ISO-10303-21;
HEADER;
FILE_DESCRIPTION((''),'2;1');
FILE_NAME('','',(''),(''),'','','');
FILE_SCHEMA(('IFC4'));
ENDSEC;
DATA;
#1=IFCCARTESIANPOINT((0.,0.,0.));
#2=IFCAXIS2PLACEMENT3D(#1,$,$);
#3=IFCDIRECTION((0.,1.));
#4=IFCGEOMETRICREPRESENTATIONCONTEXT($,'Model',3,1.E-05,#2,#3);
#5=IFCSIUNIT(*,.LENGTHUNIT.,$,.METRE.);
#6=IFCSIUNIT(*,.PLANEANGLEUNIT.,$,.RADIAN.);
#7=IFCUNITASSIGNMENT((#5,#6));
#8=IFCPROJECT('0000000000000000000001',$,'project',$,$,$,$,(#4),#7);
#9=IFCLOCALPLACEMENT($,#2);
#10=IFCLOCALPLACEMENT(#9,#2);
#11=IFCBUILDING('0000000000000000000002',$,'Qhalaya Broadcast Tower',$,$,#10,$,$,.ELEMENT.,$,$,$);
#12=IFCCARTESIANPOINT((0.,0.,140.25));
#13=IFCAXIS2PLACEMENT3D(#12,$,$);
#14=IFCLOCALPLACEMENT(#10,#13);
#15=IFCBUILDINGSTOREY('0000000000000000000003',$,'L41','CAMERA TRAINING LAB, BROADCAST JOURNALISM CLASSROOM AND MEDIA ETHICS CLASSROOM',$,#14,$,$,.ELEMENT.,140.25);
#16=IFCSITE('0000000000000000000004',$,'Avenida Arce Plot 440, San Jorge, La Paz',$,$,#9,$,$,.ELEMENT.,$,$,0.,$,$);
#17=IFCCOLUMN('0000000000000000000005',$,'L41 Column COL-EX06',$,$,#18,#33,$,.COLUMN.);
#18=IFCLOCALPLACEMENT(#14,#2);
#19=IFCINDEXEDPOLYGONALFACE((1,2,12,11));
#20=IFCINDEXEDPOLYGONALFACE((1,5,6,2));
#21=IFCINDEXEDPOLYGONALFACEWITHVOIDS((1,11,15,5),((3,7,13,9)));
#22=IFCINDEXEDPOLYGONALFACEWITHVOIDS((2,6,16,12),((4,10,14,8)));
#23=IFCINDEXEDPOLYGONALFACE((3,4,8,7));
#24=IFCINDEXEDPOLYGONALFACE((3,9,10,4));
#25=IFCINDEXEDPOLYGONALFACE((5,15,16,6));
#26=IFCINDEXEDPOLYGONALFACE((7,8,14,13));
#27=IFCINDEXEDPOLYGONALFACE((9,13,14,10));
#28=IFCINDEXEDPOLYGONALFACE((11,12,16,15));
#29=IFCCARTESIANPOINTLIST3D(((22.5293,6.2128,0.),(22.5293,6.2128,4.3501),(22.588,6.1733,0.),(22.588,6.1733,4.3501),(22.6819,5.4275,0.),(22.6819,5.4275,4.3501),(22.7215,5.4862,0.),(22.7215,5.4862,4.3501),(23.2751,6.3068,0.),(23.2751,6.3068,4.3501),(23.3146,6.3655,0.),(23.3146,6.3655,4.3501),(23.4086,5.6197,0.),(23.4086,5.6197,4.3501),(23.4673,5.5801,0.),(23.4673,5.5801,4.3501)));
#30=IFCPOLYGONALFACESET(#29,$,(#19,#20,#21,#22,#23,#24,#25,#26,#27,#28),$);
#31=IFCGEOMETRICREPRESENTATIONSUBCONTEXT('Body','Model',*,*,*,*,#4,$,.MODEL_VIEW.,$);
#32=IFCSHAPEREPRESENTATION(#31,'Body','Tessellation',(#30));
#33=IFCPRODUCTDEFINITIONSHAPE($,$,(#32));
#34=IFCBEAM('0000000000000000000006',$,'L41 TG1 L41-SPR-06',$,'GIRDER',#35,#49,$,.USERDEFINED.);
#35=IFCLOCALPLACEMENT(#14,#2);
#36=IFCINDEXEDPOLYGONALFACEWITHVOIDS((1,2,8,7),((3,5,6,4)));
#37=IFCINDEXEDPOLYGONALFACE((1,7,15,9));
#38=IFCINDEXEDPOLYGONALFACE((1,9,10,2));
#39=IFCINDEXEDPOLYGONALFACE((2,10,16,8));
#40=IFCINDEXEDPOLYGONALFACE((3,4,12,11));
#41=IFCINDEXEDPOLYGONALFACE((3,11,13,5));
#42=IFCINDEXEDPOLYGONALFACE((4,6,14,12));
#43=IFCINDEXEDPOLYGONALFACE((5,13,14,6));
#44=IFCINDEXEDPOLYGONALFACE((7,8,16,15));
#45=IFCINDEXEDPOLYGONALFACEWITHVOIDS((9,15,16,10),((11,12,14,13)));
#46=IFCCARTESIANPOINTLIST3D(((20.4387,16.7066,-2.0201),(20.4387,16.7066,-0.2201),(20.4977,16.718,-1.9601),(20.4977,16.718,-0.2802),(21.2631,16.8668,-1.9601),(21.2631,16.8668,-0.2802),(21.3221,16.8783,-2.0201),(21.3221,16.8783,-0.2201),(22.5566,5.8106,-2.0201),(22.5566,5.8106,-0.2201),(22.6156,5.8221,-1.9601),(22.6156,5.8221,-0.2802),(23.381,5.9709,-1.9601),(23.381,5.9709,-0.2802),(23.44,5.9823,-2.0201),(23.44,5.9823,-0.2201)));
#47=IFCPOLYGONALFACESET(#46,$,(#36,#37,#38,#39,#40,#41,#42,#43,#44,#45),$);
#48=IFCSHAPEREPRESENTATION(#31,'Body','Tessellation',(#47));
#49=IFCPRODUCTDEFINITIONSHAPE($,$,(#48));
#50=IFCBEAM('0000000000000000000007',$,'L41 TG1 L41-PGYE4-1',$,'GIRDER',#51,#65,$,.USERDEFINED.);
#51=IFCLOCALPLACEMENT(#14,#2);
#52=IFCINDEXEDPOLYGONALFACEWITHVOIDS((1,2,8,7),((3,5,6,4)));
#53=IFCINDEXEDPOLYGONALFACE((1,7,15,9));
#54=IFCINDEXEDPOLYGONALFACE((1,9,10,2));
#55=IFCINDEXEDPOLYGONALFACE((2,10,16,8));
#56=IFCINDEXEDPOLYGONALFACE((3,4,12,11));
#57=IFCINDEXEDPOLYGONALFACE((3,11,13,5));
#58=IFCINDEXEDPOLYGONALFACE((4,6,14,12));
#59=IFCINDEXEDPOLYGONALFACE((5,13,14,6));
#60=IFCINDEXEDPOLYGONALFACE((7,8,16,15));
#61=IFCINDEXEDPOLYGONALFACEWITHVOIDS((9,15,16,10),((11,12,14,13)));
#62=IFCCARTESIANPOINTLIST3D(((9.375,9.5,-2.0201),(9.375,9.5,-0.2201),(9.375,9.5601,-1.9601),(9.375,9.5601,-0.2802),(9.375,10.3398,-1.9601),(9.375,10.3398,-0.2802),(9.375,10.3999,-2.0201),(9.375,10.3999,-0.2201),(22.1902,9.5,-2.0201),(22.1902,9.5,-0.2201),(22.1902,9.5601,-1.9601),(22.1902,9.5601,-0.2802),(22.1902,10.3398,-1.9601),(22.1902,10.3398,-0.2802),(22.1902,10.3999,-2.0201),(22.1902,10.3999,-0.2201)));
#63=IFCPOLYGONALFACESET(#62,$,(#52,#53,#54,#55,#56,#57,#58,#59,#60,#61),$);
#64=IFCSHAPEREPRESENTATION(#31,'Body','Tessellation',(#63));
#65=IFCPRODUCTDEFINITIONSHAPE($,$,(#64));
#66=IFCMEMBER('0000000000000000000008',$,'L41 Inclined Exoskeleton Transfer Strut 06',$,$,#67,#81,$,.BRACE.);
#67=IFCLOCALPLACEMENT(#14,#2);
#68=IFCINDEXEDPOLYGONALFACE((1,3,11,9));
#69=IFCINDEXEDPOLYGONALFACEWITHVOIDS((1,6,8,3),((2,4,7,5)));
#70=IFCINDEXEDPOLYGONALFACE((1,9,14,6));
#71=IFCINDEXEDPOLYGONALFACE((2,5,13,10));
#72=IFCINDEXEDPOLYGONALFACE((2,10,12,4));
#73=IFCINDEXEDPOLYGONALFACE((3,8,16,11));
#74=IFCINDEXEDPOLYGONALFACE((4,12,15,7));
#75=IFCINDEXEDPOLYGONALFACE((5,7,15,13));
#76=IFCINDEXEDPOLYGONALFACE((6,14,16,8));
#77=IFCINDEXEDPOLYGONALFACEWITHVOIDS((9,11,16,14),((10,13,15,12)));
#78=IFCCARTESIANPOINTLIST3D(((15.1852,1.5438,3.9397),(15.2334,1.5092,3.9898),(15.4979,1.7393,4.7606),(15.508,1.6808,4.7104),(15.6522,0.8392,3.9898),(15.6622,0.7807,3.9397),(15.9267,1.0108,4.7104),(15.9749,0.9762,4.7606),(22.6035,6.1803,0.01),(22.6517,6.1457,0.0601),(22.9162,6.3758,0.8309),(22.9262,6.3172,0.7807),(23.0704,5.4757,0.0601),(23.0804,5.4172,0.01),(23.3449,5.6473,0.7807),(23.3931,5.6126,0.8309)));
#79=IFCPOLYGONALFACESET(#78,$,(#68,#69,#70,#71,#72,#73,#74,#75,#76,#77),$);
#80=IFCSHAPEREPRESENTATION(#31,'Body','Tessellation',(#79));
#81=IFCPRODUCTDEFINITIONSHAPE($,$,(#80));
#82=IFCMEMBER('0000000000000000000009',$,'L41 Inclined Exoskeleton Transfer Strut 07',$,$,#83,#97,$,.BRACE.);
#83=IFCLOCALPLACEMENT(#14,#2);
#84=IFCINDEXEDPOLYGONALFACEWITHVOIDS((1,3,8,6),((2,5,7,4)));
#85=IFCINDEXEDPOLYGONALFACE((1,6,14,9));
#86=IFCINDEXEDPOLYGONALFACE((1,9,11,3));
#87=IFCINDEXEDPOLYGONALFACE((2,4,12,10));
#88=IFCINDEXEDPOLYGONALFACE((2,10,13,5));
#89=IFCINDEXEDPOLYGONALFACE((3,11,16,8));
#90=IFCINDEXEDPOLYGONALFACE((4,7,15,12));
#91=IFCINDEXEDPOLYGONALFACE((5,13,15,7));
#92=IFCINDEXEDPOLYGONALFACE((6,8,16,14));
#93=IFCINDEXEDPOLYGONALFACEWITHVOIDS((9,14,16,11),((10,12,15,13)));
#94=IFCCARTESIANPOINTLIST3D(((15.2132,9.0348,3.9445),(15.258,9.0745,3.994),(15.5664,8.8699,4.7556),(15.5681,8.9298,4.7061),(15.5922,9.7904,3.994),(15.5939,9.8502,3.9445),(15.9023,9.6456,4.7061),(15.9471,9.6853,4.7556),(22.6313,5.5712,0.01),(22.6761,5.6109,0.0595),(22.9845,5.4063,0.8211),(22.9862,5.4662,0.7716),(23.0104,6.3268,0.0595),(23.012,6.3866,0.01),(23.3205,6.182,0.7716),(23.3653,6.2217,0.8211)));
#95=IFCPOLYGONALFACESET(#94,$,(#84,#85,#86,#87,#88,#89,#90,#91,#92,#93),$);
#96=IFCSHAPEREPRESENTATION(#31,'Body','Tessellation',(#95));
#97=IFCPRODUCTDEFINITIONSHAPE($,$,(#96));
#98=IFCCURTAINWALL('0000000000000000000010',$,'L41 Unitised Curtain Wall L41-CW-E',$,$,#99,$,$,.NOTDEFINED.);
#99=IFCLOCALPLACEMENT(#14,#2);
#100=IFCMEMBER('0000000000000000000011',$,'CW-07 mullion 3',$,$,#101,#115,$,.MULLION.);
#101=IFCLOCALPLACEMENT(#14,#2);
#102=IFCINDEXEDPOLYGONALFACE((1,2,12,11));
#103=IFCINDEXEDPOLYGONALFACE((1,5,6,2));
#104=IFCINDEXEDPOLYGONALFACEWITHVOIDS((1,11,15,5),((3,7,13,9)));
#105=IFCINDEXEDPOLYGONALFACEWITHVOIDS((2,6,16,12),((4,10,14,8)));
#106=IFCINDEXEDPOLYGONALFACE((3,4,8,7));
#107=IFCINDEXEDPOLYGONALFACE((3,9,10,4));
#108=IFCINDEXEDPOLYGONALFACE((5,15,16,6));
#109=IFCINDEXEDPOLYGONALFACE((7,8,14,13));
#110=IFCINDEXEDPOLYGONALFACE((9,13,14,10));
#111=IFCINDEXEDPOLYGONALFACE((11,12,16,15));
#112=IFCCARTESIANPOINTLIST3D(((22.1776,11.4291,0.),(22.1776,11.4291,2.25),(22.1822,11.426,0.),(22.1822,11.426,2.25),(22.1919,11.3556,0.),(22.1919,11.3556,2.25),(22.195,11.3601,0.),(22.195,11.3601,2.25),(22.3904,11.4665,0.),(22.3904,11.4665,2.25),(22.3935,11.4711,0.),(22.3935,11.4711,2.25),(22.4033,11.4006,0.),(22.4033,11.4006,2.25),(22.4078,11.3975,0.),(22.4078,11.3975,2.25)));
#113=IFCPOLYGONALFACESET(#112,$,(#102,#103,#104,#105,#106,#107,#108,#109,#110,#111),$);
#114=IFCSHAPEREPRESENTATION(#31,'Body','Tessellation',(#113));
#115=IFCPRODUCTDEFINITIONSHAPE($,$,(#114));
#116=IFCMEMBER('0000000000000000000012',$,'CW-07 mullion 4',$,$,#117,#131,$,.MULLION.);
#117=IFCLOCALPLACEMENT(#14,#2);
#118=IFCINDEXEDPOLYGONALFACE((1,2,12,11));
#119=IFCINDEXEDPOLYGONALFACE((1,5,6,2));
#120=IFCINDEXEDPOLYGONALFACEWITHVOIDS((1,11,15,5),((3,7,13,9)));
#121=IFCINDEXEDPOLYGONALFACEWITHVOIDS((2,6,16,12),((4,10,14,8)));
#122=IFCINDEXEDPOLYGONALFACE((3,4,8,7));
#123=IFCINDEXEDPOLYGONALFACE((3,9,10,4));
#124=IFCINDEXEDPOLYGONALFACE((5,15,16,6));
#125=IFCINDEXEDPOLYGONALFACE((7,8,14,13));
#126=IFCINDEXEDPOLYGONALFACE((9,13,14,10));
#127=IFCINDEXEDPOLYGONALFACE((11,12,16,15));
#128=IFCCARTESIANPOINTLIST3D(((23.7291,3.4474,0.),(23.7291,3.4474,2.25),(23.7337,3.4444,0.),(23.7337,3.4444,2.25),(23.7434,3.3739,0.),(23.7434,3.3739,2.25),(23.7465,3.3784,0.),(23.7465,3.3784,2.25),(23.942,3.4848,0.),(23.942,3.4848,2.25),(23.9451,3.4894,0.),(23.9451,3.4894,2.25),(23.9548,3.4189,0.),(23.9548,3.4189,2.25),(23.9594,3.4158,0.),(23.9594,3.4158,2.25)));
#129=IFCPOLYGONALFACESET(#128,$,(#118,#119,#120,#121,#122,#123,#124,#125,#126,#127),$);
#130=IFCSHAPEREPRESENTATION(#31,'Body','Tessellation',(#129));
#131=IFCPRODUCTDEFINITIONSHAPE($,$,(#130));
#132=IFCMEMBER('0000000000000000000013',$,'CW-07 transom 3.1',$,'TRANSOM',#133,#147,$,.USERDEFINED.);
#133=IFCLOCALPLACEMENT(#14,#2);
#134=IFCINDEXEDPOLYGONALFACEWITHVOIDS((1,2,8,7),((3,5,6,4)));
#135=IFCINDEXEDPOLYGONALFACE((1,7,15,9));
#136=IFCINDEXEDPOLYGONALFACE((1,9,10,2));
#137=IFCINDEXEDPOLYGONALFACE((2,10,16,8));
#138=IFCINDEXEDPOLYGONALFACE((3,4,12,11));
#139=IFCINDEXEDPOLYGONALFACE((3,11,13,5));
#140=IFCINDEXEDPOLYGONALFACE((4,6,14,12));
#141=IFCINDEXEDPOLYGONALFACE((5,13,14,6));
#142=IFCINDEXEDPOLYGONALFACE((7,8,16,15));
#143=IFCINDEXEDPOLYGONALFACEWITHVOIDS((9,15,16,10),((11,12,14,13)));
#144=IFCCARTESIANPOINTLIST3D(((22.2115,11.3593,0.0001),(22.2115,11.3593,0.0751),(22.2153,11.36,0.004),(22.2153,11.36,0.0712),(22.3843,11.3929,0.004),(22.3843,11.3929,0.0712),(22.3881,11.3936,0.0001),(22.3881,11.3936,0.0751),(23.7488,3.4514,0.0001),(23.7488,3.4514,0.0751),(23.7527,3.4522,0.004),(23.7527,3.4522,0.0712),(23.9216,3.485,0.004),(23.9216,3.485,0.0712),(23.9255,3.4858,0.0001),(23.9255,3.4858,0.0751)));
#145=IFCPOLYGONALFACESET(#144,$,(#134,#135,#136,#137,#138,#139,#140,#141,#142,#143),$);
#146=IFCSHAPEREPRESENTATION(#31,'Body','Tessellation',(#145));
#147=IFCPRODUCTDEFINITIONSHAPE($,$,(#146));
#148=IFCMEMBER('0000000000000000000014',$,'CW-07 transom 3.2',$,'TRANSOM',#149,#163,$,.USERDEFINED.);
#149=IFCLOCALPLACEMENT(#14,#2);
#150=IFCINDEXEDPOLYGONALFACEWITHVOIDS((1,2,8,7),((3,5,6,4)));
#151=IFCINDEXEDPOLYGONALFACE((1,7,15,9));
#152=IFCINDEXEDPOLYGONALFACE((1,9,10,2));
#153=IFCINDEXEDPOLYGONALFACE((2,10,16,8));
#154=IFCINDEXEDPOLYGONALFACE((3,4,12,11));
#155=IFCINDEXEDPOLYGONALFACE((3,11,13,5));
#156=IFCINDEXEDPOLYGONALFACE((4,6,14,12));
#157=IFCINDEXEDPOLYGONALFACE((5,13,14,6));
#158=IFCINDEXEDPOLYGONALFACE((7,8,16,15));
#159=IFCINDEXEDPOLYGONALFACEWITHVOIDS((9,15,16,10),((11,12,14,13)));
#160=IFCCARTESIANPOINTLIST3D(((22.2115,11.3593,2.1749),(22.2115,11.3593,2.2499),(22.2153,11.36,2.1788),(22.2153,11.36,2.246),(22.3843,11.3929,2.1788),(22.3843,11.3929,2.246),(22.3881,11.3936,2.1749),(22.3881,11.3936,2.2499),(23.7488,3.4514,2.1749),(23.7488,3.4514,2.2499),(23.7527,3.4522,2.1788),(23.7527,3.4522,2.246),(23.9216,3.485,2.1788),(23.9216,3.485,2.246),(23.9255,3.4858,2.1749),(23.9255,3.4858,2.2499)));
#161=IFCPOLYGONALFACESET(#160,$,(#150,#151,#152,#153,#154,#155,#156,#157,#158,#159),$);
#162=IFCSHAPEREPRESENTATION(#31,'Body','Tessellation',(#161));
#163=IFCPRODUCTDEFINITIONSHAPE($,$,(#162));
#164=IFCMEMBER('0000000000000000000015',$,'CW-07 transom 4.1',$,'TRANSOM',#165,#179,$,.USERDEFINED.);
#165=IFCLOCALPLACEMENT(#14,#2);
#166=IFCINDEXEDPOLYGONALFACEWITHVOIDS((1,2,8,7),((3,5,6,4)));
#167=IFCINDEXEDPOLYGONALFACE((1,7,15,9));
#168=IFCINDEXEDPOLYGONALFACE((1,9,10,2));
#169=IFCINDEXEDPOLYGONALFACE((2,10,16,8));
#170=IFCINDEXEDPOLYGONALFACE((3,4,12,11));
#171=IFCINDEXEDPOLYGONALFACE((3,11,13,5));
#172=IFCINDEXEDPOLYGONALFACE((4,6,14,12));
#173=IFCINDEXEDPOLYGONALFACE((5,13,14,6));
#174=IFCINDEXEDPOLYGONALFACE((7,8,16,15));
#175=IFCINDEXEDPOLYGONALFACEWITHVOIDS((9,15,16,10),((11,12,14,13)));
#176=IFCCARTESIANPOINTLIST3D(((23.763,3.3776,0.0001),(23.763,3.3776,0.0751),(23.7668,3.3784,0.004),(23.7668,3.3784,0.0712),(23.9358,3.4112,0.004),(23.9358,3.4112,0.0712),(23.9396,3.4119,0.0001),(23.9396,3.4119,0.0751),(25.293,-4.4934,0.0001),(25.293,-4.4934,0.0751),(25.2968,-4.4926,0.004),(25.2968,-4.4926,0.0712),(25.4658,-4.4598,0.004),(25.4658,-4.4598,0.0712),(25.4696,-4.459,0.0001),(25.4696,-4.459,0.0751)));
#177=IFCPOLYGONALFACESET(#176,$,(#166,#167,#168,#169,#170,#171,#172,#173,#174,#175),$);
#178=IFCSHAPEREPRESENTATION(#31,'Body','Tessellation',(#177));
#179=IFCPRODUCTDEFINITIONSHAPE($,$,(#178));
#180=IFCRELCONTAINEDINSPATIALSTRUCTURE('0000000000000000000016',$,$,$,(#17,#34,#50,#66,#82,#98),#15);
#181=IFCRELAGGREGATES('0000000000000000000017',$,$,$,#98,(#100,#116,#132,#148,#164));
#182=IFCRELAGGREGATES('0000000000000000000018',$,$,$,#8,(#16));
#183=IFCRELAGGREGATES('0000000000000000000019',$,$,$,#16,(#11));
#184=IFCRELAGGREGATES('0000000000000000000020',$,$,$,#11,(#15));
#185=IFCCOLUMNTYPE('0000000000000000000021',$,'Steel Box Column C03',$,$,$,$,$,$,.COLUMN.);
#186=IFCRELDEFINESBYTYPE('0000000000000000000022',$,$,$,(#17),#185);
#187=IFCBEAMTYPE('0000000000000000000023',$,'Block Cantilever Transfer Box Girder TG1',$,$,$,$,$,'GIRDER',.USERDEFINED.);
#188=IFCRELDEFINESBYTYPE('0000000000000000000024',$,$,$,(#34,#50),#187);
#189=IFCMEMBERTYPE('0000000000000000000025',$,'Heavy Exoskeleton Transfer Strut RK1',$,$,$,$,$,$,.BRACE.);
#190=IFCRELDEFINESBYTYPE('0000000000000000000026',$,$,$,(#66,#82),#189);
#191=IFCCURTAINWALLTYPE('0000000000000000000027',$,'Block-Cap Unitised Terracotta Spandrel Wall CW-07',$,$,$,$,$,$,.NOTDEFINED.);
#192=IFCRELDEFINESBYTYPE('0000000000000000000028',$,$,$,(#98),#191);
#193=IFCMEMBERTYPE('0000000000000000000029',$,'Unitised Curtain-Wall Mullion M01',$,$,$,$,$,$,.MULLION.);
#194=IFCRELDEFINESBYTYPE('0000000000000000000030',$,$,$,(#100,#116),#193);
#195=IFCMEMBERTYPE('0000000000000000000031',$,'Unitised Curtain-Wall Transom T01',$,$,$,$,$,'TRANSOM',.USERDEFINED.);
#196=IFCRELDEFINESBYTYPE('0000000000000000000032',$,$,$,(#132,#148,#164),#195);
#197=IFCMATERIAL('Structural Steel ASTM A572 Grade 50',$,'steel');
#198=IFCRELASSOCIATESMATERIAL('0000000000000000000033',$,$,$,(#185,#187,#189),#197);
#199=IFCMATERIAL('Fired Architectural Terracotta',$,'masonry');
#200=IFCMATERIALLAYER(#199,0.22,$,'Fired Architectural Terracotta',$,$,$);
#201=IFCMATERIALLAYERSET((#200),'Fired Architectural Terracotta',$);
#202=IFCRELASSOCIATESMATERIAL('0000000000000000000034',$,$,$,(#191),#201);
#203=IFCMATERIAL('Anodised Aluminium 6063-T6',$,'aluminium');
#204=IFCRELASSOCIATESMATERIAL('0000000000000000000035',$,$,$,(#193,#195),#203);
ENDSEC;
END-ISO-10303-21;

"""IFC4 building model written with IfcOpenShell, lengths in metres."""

from ifc_helpers import new_model, si_unit, direction, frame, origin, origin_2d, place, context, subcontext, project, spatial, hollow_rectangle, extrude, material, layer, layer_set, material_profile, profile_set, type_object, element, aggregate, save


model = new_model("IFC4")

# Units and contexts
model_context = context("Model", 3, precision=1e-05, world=origin(), true_north=direction((0.0, 1.0)))
body_context = subcontext(model_context, "Body", "Model", "MODEL_VIEW")
ifc_project = project(units=[si_unit("LENGTHUNIT", "METRE"), si_unit("PLANEANGLEUNIT", "RADIAN")], contexts=[model_context])

# Site, building, storey
site_placement = place(None, origin())
site = spatial("IfcSite", under=ifc_project, at=site_placement, Name="Avenida Arce Plot 440, San Jorge, La Paz", CompositionType="ELEMENT", RefElevation=0.0)
building_placement = place(site_placement, origin())
building = spatial("IfcBuilding", under=site, at=building_placement, Name="Qhalaya Broadcast Tower", CompositionType="ELEMENT")
storey_placement = place(building_placement, frame((0.0, 0.0, 140.25)))
storey = spatial("IfcBuildingStorey", under=building, at=storey_placement, Name="L41", Description="CAMERA TRAINING LAB, BROADCAST JOURNALISM CLASSROOM AND MEDIA ETHICS CLASSROOM", CompositionType="ELEMENT", Elevation=140.25)

# Column
ifc_material_1 = material(Name="Structural Steel ASTM A572 Grade 50", Category="steel")
ifc_material_profile_1 = material_profile(ifc_material_1, hollow_rectangle(XDim=0.8, YDim=0.8, WallThickness=0.05, at=origin_2d()), Name="BOX 800x800x50")
ifc_profile_set_1 = profile_set([ifc_material_profile_1], Name="Structural Steel ASTM A572 Grade 50")
column_type = type_object("IfcColumnType", Name="Steel Box Column C03", PredefinedType="COLUMN", material=ifc_profile_set_1)
column_placement = place(storey_placement, frame((22.9983, 5.8965, 0.0), z_axis=(0.0, 0.0, 1.0), x_axis=(-0.190809, 0.981627, 0.0)))
element("IfcColumn", 1, at=column_placement, inside=storey, type_object=column_type, Name="L41 Column COL-EX06", PredefinedType="COLUMN", context=body_context, shape_type="SweptSolid", body=[
    extrude(hollow_rectangle(XDim=0.8, YDim=0.8, WallThickness=0.05, at=origin_2d()), origin(), (0.0, 0.0, 1.0), 4.3501),
])

# Beams
ifc_material_profile_2 = material_profile(ifc_material_1, hollow_rectangle(XDim=0.8999, YDim=1.8, WallThickness=0.0601, at=origin_2d()), Name="BOX 900x1800x60")
ifc_profile_set_2 = profile_set([ifc_material_profile_2], Name="Structural Steel ASTM A572 Grade 50")
beam_type = type_object("IfcBeamType", Name="Block Cantilever Transfer Box Girder TG1", ElementType="GIRDER", PredefinedType="USERDEFINED", material=ifc_profile_set_2)
beam_1_placement = place(storey_placement, frame((22.9983, 5.8965, -1.1201), z_axis=(-0.190805, 0.981628, 0.0), x_axis=(-0.981628, -0.190805, 0.0)))
element("IfcBeam", 2, at=beam_1_placement, inside=storey, type_object=beam_type, Name="L41 TG1 L41-SPR-06", ObjectType="GIRDER", PredefinedType="USERDEFINED", context=body_context, shape_type="SweptSolid", body=[
    extrude(hollow_rectangle(XDim=0.8999, YDim=1.8, WallThickness=0.0601, at=origin_2d()), origin(), (0.0, 0.0, 1.0), 11.0999),
])
beam_2_placement = place(storey_placement, frame((9.375, 9.95, -1.1201), z_axis=(1.0, 0.0, 0.0), x_axis=(0.0, 1.0, 0.0)))
element("IfcBeam", 3, at=beam_2_placement, inside=storey, type_object=beam_type, Name="L41 TG1 L41-PGYE4-1", ObjectType="GIRDER", PredefinedType="USERDEFINED", context=body_context, shape_type="SweptSolid", body=[
    extrude(hollow_rectangle(XDim=0.8999, YDim=1.8, WallThickness=0.0601, at=origin_2d()), origin(), (0.0, 0.0, 1.0), 12.8152),
])

# Members
ifc_material_profile_3 = material_profile(ifc_material_1, hollow_rectangle(XDim=0.8999, YDim=0.8999, WallThickness=0.0549, at=origin_2d()), Name="BOX 900x900x55")
ifc_profile_set_3 = profile_set([ifc_material_profile_3], Name="Structural Steel ASTM A572 Grade 50")
member_type_1 = type_object("IfcMemberType", Name="Heavy Exoskeleton Transfer Strut RK1", PredefinedType="BRACE", material=ifc_profile_set_3)
member_1_placement = place(storey_placement, frame((22.9983, 5.8965, 0.4204), z_axis=(-0.773532, -0.483467, 0.409767), x_axis=(0.530006, -0.847994, 0.0)))
element("IfcMember", 4, at=member_1_placement, inside=storey, type_object=member_type_1, Name="L41 Inclined Exoskeleton Transfer Strut 06", PredefinedType="BRACE", context=body_context, shape_type="SweptSolid", body=[
    extrude(hollow_rectangle(XDim=0.8999, YDim=0.8999, WallThickness=0.0549, at=origin_2d()), origin(), (0.0, 0.0, 1.0), 9.5901),
])
member_2_placement = place(storey_placement, frame((22.9983, 5.8965, 0.4155), z_axis=(-0.816682, 0.381315, 0.433162), x_axis=(-0.423065, -0.906099, 0.0)))
element("IfcMember", 5, at=member_2_placement, inside=storey, type_object=member_type_1, Name="L41 Inclined Exoskeleton Transfer Strut 07", PredefinedType="BRACE", context=body_context, shape_type="SweptSolid", body=[
    extrude(hollow_rectangle(XDim=0.8999, YDim=0.8999, WallThickness=0.0549, at=origin_2d()), origin(), (0.0, 0.0, 1.0), 9.0833),
])

# Curtain wall, members
ifc_material_2 = material(Name="Fired Architectural Terracotta", Category="masonry")
ifc_layer_1 = layer(ifc_material_2, 0.22, Name="Fired Architectural Terracotta")
ifc_layer_set_1 = layer_set([ifc_layer_1], Name="Fired Architectural Terracotta")
curtain_wall_type = type_object("IfcCurtainWallType", Name="Block-Cap Unitised Terracotta Spandrel Wall CW-07", PredefinedType="NOTDEFINED", material=ifc_layer_set_1)
curtain_wall_placement = place(storey_placement, origin())
curtain_wall = element("IfcCurtainWall", 6, at=curtain_wall_placement, inside=storey, type_object=curtain_wall_type, Name="L41 Unitised Curtain Wall L41-CW-E", PredefinedType="NOTDEFINED")
ifc_material_3 = material(Name="Anodised Aluminium 6063-T6", Category="aluminium")
ifc_material_profile_4 = material_profile(ifc_material_3, hollow_rectangle(XDim=0.075, YDim=0.22, WallThickness=0.0039, at=origin_2d()), Name="ALU-MUL 75x220x4")
ifc_profile_set_4 = profile_set([ifc_material_profile_4], Name="Anodised Aluminium 6063-T6")
member_type_2 = type_object("IfcMemberType", Name="Unitised Curtain-Wall Mullion M01", PredefinedType="MULLION", material=ifc_profile_set_4)
member_3_placement = place(storey_placement, frame((22.2927, 11.4133, 0.0), z_axis=(0.0, 0.0, 1.0), x_axis=(0.19081, -0.981627, 0.0)))
member_3 = element("IfcMember", 7, at=member_3_placement, type_object=member_type_2, Name="CW-07 mullion 3", PredefinedType="MULLION", context=body_context, shape_type="SweptSolid", body=[
    extrude(hollow_rectangle(XDim=0.075, YDim=0.22, WallThickness=0.0039, at=origin_2d()), origin(), (0.0, 0.0, 1.0), 2.25),
])
member_4_placement = place(storey_placement, frame((23.8442, 3.4316, 0.0), z_axis=(0.0, 0.0, 1.0), x_axis=(0.19081, -0.981627, 0.0)))
member_4 = element("IfcMember", 8, at=member_4_placement, type_object=member_type_2, Name="CW-07 mullion 4", PredefinedType="MULLION", context=body_context, shape_type="SweptSolid", body=[
    extrude(hollow_rectangle(XDim=0.075, YDim=0.22, WallThickness=0.0039, at=origin_2d()), origin(), (0.0, 0.0, 1.0), 2.25),
])
ifc_material_profile_5 = material_profile(ifc_material_3, hollow_rectangle(XDim=0.075, YDim=0.1799, WallThickness=0.0039, at=origin_2d()), Name="ALU-TRN 75x180x4")
ifc_profile_set_5 = profile_set([ifc_material_profile_5], Name="Anodised Aluminium 6063-T6")
member_type_3 = type_object("IfcMemberType", Name="Unitised Curtain-Wall Transom T01", ElementType="TRANSOM", PredefinedType="USERDEFINED", material=ifc_profile_set_5)
member_5_placement = place(storey_placement, frame((22.2998, 11.3765, 0.0376), z_axis=(0.190833, -0.981622, 0.0), x_axis=(0.0, 0.0, 1.0)))
member_5 = element("IfcMember", 9, at=member_5_placement, type_object=member_type_3, Name="CW-07 transom 3.1", ObjectType="TRANSOM", PredefinedType="USERDEFINED", context=body_context, shape_type="SweptSolid", body=[
    extrude(hollow_rectangle(XDim=0.075, YDim=0.1799, WallThickness=0.0039, at=origin_2d()), origin(), (0.0, 0.0, 1.0), 8.0559),
])
member_6_placement = place(storey_placement, frame((22.2998, 11.3765, 2.2124), z_axis=(0.190833, -0.981622, 0.0), x_axis=(0.0, 0.0, 1.0)))
member_6 = element("IfcMember", 10, at=member_6_placement, type_object=member_type_3, Name="CW-07 transom 3.2", ObjectType="TRANSOM", PredefinedType="USERDEFINED", context=body_context, shape_type="SweptSolid", body=[
    extrude(hollow_rectangle(XDim=0.075, YDim=0.1799, WallThickness=0.0039, at=origin_2d()), origin(), (0.0, 0.0, 1.0), 8.0559),
])
member_7_placement = place(storey_placement, frame((23.8513, 3.3948, 0.0376), z_axis=(0.190814, -0.981626, 0.0), x_axis=(0.0, 0.0, 1.0)))
member_7 = element("IfcMember", 11, at=member_7_placement, type_object=member_type_3, Name="CW-07 transom 4.1", ObjectType="TRANSOM", PredefinedType="USERDEFINED", context=body_context, shape_type="SweptSolid", body=[
    extrude(hollow_rectangle(XDim=0.075, YDim=0.1799, WallThickness=0.0039, at=origin_2d()), origin(), (0.0, 0.0, 1.0), 8.0183),
])

aggregate(curtain_wall, [member_3, member_4, member_5, member_6, member_7])

save(model, "model.ifc")
